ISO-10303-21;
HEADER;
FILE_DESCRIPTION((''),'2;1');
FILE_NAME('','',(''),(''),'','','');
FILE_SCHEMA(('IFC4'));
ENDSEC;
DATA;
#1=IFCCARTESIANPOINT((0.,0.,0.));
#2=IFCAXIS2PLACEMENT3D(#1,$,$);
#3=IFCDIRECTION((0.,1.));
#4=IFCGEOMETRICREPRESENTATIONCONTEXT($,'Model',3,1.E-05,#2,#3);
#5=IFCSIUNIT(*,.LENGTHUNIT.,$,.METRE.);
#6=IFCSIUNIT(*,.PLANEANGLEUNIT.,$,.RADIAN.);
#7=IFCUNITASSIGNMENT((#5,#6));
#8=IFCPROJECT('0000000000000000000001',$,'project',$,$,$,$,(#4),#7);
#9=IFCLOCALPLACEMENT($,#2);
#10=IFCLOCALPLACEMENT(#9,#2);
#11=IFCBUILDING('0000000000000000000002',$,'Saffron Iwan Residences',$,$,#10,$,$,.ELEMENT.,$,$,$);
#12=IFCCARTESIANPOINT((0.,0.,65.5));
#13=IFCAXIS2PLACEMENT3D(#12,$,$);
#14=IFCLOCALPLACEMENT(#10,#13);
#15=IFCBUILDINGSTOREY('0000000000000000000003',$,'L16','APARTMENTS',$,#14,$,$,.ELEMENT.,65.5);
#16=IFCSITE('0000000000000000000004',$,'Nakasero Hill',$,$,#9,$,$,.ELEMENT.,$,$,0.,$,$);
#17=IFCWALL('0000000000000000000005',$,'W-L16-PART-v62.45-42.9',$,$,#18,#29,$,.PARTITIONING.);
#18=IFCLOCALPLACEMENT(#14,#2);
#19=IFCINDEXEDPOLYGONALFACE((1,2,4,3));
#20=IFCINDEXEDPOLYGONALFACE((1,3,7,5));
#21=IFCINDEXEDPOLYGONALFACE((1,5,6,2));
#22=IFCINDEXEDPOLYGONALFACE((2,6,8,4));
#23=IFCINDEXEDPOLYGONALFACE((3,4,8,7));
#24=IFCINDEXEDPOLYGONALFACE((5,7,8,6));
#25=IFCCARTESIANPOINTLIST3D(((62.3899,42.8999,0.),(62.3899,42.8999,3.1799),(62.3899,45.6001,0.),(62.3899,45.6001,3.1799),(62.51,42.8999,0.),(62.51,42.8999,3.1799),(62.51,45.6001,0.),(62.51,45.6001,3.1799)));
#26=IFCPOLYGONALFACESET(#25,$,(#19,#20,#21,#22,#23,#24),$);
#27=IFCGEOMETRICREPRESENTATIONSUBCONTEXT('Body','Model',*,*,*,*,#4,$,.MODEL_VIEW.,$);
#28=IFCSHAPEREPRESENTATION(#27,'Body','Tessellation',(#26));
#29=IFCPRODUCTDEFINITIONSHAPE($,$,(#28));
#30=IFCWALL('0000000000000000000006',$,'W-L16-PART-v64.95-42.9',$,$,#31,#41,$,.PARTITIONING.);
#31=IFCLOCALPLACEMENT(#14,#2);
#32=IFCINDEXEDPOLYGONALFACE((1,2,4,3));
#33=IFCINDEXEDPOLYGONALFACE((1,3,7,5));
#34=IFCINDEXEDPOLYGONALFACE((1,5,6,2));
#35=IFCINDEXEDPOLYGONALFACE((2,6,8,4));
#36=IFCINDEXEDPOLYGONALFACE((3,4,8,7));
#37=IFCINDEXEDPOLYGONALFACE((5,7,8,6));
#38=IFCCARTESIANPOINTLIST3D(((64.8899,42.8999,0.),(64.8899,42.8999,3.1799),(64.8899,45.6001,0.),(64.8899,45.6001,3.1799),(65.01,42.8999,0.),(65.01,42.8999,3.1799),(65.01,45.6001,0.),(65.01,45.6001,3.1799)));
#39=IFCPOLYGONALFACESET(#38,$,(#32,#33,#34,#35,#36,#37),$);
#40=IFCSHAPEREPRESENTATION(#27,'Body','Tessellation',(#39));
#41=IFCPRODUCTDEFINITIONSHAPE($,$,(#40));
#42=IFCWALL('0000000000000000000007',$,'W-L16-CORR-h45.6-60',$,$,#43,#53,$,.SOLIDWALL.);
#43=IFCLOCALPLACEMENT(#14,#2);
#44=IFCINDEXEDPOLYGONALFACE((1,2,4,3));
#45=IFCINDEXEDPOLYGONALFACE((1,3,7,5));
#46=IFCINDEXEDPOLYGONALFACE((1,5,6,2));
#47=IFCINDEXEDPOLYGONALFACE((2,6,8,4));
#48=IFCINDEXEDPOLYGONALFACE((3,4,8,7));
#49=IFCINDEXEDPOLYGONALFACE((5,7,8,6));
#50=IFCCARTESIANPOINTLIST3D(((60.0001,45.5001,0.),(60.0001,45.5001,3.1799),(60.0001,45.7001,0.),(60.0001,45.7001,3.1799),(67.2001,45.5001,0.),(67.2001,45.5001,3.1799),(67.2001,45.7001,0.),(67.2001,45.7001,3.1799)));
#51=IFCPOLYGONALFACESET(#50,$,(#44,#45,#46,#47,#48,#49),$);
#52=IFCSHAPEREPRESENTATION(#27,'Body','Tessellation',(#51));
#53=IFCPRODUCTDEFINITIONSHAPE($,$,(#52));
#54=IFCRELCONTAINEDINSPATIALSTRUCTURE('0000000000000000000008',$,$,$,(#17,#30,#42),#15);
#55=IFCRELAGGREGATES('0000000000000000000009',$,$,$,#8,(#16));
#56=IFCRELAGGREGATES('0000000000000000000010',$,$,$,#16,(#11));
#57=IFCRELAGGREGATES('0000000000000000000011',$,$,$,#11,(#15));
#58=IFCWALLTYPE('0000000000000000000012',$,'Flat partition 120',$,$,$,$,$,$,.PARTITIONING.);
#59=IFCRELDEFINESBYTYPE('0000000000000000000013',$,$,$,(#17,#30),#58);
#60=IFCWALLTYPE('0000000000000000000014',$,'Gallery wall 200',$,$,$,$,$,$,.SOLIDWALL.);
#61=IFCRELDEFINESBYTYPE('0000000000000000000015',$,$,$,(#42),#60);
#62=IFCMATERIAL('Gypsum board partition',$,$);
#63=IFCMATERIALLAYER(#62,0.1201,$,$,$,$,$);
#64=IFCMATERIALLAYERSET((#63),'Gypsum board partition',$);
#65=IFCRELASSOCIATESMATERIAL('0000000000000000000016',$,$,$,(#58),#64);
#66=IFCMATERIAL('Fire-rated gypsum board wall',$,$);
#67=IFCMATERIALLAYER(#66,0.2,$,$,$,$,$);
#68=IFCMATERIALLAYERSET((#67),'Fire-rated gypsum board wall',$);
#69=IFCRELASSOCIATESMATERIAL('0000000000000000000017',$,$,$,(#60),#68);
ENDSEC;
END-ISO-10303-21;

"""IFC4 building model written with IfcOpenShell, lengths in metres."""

from ifc_helpers import new_model, si_unit, direction, frame, frame_2d, origin, place, context, subcontext, project, spatial, rectangle, extrude, material, layer, layer_set, type_object, element, save


model = new_model("IFC4")

# Units and contexts
model_context = context("Model", 3, precision=1e-05, world=origin(), true_north=direction((0.0, 1.0)))
body_context = subcontext(model_context, "Body", "Model", "MODEL_VIEW")
ifc_project = project(units=[si_unit("LENGTHUNIT", "METRE"), si_unit("PLANEANGLEUNIT", "RADIAN")], contexts=[model_context])

# Site, building, storey
site_placement = place(None, origin())
site = spatial("IfcSite", under=ifc_project, at=site_placement, Name="Nakasero Hill", CompositionType="ELEMENT", RefElevation=0.0)
building_placement = place(site_placement, origin())
building = spatial("IfcBuilding", under=site, at=building_placement, Name="Saffron Iwan Residences", CompositionType="ELEMENT")
storey_placement = place(building_placement, frame((0.0, 0.0, 65.5)))
storey = spatial("IfcBuildingStorey", under=building, at=storey_placement, Name="L16", Description="APARTMENTS", CompositionType="ELEMENT", Elevation=65.5)

# Shared definitions
ifc_material_1 = material(Name="Gypsum board partition")
ifc_layer_1 = layer(ifc_material_1, 0.1201)
ifc_layer_set_1 = layer_set([ifc_layer_1], Name="Gypsum board partition")
wall_type_1 = type_object("IfcWallType", Name="Flat partition 120", PredefinedType="PARTITIONING", material=ifc_layer_set_1)

# Walls
for number, where, z_axis, x_axis, name in (
    (1, (62.45, 42.8999, 0.0), (0.0, 0.0, 1.0), (0.0, 1.0, 0.0), "W-L16-PART-v62.45-42.9"),
    (2, (64.95, 42.8999, 0.0), (0.0, 0.0, 1.0), (0.0, 1.0, 0.0), "W-L16-PART-v64.95-42.9"),
):
    element("IfcWall", number, at=place(storey_placement, frame(where, z_axis=z_axis, x_axis=x_axis)), inside=storey, type_object=wall_type_1, Name=name, PredefinedType="PARTITIONING", context=body_context, shape_type="SweptSolid", body=[
        extrude(rectangle(XDim=2.7002, YDim=0.1201, at=frame_2d((1.3501, 0.0))), origin(), (0.0, 0.0, 1.0), 3.1799),
    ])
ifc_material_2 = material(Name="Fire-rated gypsum board wall")
ifc_layer_2 = layer(ifc_material_2, 0.2)
ifc_layer_set_2 = layer_set([ifc_layer_2], Name="Fire-rated gypsum board wall")
wall_type_2 = type_object("IfcWallType", Name="Gallery wall 200", PredefinedType="SOLIDWALL", material=ifc_layer_set_2)
wall_1_placement = place(storey_placement, frame((60.0, 45.6001, 0.0), z_axis=(0.0, 0.0, 1.0), x_axis=(1.0, 0.0, 0.0)))
element("IfcWall", 3, at=wall_1_placement, inside=storey, type_object=wall_type_2, Name="W-L16-CORR-h45.6-60", PredefinedType="SOLIDWALL", context=body_context, shape_type="SweptSolid", body=[
    extrude(rectangle(XDim=7.2, YDim=0.2, at=frame_2d((3.6001, 0.0))), origin(), (0.0, 0.0, 1.0), 3.1799),
])

save(model, "model.ifc")
